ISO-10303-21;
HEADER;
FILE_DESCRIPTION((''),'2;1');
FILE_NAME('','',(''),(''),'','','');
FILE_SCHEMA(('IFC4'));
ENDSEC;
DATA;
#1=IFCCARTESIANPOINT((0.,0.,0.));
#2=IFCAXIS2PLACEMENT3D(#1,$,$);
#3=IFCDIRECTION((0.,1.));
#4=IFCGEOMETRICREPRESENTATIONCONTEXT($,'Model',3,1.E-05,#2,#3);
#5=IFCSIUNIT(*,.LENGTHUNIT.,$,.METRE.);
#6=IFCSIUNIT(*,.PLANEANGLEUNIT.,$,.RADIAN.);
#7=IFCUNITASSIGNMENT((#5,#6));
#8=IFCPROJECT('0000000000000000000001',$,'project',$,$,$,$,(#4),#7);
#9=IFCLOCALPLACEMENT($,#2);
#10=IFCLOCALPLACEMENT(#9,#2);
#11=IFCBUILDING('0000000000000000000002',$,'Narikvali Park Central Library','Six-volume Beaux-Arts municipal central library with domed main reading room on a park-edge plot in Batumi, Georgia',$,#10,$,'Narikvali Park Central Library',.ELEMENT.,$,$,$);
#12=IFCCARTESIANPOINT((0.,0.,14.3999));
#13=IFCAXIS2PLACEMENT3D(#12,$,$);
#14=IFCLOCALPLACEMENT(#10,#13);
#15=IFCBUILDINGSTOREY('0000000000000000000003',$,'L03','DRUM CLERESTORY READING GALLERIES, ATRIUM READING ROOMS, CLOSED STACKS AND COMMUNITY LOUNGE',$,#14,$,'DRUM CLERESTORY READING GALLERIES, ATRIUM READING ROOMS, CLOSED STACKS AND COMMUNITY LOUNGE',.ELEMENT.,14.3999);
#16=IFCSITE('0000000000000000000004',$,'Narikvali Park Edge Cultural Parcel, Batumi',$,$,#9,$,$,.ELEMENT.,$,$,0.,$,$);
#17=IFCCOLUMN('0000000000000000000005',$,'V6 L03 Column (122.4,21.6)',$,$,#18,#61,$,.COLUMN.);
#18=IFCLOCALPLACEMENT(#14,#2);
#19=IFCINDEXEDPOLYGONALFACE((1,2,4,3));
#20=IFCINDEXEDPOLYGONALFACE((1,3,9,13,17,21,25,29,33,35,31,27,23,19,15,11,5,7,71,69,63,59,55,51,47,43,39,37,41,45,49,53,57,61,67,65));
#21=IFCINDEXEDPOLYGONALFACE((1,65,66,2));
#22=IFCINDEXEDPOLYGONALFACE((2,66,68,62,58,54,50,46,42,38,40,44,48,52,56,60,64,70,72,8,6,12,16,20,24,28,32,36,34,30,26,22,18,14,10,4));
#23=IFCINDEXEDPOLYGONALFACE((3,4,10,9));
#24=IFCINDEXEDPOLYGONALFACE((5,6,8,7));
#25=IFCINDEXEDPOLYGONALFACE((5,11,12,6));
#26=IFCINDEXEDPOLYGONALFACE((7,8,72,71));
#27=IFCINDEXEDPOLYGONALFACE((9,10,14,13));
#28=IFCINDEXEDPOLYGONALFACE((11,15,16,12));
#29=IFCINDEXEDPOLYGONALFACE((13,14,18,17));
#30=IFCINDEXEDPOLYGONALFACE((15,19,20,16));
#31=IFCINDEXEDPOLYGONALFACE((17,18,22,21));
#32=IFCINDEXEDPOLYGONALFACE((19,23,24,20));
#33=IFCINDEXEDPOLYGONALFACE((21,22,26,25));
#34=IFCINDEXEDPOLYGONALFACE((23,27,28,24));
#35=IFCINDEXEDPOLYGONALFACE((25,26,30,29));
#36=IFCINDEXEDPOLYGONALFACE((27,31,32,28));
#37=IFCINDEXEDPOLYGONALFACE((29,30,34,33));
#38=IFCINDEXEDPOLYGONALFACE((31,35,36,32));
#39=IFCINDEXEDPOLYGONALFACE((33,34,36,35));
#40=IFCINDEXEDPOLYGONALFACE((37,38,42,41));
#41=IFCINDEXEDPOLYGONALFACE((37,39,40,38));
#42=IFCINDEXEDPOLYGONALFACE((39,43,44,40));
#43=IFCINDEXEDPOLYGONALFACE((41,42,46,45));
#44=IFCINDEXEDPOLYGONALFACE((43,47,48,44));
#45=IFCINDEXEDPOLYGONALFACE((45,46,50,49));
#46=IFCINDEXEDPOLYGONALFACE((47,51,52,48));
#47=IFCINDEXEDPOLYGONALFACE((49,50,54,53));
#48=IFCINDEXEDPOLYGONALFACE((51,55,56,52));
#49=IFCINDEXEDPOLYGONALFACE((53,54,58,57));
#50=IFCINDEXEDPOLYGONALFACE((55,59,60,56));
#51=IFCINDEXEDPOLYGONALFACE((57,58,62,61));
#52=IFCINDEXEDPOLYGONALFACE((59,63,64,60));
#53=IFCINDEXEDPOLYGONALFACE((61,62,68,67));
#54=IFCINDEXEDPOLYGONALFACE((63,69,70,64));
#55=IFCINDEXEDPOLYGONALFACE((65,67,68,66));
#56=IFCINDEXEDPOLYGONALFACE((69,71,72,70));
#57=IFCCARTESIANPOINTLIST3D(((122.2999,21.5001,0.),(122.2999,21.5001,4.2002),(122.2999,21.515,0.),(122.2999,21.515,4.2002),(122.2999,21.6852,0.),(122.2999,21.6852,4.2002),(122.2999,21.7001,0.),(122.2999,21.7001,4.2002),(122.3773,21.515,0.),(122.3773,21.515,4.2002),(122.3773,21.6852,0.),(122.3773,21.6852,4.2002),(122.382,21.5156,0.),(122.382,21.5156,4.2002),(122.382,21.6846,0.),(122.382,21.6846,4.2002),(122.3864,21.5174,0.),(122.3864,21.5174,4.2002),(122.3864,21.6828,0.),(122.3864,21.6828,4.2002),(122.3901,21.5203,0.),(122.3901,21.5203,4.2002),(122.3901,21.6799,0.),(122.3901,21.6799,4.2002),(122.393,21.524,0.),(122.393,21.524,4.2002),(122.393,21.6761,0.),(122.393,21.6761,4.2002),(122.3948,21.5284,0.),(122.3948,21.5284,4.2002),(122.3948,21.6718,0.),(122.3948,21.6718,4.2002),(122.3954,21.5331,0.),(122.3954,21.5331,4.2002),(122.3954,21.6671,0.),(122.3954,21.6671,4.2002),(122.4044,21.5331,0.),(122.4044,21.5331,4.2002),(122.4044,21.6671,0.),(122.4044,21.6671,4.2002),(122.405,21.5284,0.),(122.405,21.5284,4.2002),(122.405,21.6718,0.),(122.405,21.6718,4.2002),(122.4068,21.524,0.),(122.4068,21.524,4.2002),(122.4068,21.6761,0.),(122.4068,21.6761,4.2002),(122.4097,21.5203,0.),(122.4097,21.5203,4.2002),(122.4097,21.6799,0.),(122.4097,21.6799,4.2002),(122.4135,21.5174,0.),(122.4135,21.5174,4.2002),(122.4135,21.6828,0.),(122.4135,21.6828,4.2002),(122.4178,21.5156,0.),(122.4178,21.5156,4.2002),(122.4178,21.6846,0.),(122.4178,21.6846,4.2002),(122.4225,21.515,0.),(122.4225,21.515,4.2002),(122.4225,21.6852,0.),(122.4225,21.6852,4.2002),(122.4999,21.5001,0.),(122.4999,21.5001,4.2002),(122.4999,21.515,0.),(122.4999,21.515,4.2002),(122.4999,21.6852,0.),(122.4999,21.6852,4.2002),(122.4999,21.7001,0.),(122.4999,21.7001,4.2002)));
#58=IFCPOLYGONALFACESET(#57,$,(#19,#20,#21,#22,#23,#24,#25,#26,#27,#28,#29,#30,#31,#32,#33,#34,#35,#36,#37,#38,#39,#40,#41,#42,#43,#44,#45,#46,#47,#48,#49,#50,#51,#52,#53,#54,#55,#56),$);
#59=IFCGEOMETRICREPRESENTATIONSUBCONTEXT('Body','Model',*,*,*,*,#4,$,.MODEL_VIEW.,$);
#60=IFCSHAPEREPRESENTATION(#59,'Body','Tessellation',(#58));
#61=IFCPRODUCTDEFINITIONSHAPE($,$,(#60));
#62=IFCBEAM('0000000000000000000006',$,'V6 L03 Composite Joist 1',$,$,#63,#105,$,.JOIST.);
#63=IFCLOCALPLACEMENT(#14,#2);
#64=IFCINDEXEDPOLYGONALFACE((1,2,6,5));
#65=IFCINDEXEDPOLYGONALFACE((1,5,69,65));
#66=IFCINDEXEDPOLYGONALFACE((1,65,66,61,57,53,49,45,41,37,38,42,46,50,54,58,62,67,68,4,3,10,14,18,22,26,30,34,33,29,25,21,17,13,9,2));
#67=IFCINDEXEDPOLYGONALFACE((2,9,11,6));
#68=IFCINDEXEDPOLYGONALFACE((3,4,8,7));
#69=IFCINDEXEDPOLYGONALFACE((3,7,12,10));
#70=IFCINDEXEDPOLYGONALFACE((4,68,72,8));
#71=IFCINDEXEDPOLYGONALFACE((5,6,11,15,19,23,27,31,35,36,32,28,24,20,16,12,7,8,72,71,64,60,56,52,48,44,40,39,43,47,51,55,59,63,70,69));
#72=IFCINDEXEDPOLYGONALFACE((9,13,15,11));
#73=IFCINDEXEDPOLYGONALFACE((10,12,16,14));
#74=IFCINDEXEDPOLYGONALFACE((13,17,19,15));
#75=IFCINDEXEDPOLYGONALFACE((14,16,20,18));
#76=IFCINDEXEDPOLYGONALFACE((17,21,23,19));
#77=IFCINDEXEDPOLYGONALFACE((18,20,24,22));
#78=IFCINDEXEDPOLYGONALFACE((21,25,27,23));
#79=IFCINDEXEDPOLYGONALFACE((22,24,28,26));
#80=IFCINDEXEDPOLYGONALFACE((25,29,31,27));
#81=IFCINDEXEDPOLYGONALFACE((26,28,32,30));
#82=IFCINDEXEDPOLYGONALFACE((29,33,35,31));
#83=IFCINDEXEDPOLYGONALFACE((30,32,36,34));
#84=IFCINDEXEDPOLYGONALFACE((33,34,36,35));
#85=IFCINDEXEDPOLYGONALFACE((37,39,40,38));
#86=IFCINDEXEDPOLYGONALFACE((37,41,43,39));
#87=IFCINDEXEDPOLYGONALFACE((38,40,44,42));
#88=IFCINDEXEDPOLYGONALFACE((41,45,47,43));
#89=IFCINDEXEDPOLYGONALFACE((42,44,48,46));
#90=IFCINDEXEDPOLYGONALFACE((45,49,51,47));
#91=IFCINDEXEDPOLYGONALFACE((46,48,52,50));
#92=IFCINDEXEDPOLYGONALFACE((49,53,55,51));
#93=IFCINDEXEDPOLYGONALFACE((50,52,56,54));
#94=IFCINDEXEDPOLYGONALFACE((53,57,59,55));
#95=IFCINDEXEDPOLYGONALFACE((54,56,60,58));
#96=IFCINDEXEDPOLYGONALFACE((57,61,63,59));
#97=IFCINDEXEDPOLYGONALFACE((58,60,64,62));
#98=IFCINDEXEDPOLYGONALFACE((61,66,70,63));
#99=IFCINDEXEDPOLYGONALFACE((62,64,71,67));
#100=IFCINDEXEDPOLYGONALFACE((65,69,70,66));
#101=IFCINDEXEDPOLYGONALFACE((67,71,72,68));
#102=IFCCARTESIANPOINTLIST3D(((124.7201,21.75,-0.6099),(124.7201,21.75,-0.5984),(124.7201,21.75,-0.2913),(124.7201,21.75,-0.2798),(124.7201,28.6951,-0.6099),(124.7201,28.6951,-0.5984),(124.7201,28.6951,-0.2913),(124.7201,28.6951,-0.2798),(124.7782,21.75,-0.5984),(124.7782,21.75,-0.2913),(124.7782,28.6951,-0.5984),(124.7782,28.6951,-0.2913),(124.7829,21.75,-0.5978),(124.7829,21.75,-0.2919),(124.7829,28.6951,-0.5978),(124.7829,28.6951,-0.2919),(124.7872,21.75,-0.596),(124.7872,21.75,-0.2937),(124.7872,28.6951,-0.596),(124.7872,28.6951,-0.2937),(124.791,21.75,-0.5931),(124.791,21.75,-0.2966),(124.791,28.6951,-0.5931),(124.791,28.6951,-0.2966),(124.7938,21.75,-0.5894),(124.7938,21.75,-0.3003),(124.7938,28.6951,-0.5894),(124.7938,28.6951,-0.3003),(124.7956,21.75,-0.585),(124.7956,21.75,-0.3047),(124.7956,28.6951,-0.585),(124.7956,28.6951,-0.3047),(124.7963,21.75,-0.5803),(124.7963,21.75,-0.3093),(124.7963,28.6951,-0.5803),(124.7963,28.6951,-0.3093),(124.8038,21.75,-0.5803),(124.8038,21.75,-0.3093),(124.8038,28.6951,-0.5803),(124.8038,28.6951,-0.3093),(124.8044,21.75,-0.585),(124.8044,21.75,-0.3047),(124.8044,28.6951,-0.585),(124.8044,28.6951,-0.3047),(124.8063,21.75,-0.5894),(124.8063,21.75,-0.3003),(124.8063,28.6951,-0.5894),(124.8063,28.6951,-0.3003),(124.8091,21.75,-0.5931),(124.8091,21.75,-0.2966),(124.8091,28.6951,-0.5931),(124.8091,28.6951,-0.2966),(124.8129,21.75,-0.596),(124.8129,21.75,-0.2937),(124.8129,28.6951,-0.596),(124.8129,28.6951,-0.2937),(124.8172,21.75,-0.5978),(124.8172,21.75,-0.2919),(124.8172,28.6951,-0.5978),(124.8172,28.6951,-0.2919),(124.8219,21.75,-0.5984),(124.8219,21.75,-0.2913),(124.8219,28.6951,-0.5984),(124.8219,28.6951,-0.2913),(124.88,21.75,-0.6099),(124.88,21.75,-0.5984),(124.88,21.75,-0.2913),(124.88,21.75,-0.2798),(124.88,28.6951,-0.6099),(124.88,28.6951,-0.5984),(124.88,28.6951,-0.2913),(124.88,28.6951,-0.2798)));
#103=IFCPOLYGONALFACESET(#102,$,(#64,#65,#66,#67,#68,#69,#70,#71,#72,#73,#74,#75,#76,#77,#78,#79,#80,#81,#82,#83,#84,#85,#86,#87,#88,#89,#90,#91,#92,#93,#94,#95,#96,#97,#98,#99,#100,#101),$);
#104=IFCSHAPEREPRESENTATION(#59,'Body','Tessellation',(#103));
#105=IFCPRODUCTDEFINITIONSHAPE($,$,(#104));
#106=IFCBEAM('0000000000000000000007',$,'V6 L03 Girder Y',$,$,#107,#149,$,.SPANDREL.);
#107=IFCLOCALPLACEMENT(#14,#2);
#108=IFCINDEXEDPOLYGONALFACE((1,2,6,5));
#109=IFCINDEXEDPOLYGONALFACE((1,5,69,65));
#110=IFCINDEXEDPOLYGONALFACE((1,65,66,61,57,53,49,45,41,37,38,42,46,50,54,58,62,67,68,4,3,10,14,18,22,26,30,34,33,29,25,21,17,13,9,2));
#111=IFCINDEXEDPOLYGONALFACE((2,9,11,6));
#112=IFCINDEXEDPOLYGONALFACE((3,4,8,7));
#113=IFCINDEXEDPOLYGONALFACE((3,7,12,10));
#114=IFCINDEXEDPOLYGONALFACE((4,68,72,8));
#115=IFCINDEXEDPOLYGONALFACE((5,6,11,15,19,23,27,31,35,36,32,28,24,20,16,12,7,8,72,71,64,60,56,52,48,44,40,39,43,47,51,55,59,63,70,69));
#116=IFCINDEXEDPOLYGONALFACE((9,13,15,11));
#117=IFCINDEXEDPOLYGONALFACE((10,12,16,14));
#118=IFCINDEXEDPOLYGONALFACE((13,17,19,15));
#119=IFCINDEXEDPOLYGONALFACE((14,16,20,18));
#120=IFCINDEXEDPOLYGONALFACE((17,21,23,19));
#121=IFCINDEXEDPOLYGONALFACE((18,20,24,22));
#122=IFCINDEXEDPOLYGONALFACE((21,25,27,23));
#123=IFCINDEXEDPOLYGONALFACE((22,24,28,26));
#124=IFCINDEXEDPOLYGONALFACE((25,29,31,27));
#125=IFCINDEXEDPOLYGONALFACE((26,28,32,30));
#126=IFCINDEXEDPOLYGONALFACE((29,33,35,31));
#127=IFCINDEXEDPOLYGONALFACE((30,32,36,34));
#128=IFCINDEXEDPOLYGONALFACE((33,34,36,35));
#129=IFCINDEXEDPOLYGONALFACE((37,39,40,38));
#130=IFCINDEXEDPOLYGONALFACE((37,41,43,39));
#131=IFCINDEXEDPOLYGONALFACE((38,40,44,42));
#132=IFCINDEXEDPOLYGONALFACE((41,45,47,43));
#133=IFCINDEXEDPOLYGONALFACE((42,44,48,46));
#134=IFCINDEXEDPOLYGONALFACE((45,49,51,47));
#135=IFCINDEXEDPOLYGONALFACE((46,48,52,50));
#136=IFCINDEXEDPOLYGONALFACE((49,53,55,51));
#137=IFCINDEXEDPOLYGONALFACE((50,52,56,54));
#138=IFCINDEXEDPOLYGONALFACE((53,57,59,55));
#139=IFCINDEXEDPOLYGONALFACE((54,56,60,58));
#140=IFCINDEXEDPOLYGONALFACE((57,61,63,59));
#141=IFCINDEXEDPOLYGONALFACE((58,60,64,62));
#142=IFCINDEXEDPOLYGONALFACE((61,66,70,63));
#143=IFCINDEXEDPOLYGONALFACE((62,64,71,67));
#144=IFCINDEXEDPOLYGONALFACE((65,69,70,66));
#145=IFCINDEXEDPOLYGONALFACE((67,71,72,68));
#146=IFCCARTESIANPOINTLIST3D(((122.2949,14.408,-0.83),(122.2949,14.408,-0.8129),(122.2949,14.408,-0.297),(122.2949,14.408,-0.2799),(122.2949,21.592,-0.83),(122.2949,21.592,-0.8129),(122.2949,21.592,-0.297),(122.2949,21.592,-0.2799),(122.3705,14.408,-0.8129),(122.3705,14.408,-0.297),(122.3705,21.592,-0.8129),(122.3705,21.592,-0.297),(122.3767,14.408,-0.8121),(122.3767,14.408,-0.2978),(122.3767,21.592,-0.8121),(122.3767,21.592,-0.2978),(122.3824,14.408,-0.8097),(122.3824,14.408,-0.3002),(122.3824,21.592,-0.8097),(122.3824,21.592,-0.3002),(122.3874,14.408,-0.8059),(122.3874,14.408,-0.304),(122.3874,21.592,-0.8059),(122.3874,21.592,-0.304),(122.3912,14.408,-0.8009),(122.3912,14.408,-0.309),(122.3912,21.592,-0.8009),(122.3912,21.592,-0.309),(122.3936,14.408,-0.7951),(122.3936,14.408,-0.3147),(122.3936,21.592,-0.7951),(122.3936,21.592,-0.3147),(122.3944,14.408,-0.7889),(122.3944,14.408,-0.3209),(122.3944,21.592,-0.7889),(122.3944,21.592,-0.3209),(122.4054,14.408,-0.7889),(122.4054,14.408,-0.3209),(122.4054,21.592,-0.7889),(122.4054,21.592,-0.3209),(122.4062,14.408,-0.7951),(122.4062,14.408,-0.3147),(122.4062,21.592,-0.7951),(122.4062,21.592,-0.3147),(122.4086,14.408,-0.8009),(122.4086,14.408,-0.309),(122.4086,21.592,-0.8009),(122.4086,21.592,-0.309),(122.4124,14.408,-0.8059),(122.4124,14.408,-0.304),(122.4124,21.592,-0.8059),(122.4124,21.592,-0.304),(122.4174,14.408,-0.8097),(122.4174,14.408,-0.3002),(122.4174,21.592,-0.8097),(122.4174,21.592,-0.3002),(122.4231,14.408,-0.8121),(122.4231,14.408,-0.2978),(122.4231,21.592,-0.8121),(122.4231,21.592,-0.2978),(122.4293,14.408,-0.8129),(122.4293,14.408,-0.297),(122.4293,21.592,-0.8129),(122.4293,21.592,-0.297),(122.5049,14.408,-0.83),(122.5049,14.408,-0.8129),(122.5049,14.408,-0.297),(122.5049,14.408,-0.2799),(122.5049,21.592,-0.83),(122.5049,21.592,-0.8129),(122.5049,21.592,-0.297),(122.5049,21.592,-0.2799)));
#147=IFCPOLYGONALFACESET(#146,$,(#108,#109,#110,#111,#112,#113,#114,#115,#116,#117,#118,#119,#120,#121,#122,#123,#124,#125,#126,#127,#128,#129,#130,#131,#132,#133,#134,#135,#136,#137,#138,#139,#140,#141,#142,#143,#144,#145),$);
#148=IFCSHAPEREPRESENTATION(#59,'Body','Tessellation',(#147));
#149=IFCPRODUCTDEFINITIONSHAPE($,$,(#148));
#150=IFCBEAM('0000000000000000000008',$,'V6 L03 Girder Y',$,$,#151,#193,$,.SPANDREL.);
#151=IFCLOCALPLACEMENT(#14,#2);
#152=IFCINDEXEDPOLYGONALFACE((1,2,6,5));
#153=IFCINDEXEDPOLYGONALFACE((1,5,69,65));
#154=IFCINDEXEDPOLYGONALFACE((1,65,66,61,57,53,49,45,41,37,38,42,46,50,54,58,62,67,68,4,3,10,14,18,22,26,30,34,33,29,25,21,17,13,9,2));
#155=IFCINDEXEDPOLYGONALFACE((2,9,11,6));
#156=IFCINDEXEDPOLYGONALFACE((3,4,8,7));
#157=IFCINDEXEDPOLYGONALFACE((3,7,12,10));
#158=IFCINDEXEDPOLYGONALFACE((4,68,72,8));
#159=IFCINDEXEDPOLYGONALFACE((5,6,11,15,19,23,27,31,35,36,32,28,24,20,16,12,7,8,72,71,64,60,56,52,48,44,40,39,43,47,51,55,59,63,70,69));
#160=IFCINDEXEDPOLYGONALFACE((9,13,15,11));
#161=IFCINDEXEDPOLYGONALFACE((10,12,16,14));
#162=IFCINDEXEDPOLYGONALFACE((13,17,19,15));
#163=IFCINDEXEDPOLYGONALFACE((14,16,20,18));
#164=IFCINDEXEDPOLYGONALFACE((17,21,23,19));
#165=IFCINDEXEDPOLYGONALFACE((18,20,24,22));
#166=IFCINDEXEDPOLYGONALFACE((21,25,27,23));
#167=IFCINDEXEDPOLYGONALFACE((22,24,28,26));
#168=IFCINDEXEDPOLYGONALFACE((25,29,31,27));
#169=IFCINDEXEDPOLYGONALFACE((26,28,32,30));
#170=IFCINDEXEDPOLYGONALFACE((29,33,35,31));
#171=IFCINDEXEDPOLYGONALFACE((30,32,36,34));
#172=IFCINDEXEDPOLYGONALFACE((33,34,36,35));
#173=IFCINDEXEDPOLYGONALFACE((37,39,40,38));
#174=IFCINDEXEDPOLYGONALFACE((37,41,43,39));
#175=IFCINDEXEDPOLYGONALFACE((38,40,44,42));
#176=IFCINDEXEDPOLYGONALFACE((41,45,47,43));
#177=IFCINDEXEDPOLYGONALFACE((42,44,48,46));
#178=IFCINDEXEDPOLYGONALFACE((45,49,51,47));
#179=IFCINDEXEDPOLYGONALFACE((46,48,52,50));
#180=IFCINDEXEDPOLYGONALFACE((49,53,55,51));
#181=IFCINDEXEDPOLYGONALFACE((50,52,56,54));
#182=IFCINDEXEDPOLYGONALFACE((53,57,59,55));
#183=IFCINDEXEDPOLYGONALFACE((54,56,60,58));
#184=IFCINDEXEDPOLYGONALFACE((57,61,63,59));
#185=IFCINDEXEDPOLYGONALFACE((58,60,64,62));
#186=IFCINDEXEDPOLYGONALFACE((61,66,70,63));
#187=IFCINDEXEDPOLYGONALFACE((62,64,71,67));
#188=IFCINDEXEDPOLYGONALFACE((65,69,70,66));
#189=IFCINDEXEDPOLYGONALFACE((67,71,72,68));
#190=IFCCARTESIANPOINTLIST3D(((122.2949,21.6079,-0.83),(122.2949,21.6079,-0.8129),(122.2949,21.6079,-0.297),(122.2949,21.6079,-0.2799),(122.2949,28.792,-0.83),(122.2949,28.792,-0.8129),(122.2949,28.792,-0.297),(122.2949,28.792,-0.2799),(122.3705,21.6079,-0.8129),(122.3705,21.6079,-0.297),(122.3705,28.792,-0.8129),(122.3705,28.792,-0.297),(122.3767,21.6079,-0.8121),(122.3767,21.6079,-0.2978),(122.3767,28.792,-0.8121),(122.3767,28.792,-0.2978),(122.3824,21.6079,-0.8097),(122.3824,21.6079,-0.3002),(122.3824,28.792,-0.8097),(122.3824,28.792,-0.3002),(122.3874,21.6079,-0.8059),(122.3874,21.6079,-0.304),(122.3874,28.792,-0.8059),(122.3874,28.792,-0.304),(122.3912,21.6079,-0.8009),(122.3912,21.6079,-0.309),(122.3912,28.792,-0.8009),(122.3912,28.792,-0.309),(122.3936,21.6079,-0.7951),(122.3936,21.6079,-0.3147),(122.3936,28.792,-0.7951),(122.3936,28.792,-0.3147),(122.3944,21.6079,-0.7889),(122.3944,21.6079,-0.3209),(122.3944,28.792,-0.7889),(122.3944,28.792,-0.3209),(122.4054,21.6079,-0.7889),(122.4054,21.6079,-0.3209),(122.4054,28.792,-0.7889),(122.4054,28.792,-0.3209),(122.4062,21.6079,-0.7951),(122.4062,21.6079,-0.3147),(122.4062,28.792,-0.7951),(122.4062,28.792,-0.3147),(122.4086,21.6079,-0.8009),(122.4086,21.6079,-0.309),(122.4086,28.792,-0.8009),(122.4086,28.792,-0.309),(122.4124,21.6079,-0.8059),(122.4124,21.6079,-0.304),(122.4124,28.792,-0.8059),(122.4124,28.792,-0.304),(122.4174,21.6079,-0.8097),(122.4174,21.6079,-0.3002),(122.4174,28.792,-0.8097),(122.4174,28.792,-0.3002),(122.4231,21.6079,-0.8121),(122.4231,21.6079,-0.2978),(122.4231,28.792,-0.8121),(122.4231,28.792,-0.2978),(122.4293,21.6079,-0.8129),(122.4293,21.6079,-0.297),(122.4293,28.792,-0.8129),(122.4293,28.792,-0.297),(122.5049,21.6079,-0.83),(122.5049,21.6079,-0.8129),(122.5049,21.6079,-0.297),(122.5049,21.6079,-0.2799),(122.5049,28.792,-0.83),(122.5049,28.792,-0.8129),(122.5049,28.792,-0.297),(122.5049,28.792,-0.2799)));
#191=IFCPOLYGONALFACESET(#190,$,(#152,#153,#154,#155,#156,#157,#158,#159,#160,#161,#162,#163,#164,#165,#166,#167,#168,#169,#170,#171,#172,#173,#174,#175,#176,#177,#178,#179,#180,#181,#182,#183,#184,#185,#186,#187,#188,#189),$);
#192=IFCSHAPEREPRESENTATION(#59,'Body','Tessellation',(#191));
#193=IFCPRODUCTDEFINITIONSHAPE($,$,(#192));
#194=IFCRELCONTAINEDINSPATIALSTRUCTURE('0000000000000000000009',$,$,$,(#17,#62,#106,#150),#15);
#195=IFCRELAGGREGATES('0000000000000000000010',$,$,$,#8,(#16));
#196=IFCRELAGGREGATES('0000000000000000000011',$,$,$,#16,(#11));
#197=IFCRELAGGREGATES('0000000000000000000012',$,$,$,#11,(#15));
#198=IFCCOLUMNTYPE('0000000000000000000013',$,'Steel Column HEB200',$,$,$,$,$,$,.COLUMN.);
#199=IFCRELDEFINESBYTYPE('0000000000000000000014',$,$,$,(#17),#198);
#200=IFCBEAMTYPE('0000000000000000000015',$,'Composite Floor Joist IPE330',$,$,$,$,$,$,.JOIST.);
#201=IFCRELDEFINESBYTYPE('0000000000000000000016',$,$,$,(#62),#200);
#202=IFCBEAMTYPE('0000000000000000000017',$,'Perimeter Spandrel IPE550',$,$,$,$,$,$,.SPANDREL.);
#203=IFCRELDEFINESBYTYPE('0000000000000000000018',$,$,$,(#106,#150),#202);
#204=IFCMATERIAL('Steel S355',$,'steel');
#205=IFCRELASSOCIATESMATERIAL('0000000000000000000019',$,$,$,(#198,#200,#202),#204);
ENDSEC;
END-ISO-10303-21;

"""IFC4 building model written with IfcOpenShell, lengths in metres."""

from ifc_helpers import new_model, si_unit, direction, frame, origin, origin_2d, place, context, subcontext, project, spatial, i_section, extrude, material, material_profile, profile_set, type_object, element, save


model = new_model("IFC4")

# Units and contexts
model_context = context("Model", 3, precision=1e-05, world=origin(), true_north=direction((0.0, 1.0)))
body_context = subcontext(model_context, "Body", "Model", "MODEL_VIEW")
ifc_project = project(units=[si_unit("LENGTHUNIT", "METRE"), si_unit("PLANEANGLEUNIT", "RADIAN")], contexts=[model_context])

# Site, building, storey
site_placement = place(None, origin())
site = spatial("IfcSite", under=ifc_project, at=site_placement, Name="Narikvali Park Edge Cultural Parcel, Batumi", CompositionType="ELEMENT", RefElevation=0.0)
building_placement = place(site_placement, origin())
building = spatial("IfcBuilding", under=site, at=building_placement, Name="Narikvali Park Central Library", Description="Six-volume Beaux-Arts municipal central library with domed main reading room on a park-edge plot in Batumi, Georgia", LongName="Narikvali Park Central Library", CompositionType="ELEMENT")
storey_placement = place(building_placement, frame((0.0, 0.0, 14.3999)))
storey = spatial("IfcBuildingStorey", under=building, at=storey_placement, Name="L03", Description="DRUM CLERESTORY READING GALLERIES, ATRIUM READING ROOMS, CLOSED STACKS AND COMMUNITY LOUNGE", LongName="DRUM CLERESTORY READING GALLERIES, ATRIUM READING ROOMS, CLOSED STACKS AND COMMUNITY LOUNGE", CompositionType="ELEMENT", Elevation=14.3999)

# Column
ifc_material_1 = material(Name="Steel S355", Category="steel")
ifc_material_profile_1 = material_profile(ifc_material_1, i_section(OverallWidth=0.2, OverallDepth=0.2, WebThickness=0.009, FlangeThickness=0.0149, FilletRadius=0.0181, at=origin_2d()), Name="HEB 200")
ifc_profile_set_1 = profile_set([ifc_material_profile_1], Name="Steel S355")
column_type = type_object("IfcColumnType", Name="Steel Column HEB200", PredefinedType="COLUMN", material=ifc_profile_set_1)
column_placement = place(storey_placement, frame((122.3999, 21.6001, 0.0), z_axis=(0.0, 0.0, 1.0), x_axis=(1.0, 0.0, 0.0)))
element("IfcColumn", 1, at=column_placement, inside=storey, type_object=column_type, Name="V6 L03 Column (122.4,21.6)", PredefinedType="COLUMN", context=body_context, shape_type="SweptSolid", body=[
    extrude(i_section(OverallWidth=0.2, OverallDepth=0.2, WebThickness=0.009, FlangeThickness=0.0149, FilletRadius=0.0181, at=origin_2d()), origin(), (0.0, 0.0, 1.0), 4.2002),
])

# Beams
ifc_material_profile_2 = material_profile(ifc_material_1, i_section(OverallWidth=0.1599, OverallDepth=0.3301, WebThickness=0.0076, FlangeThickness=0.0115, FilletRadius=0.0181, at=origin_2d()), Name="IPE 330")
ifc_profile_set_2 = profile_set([ifc_material_profile_2], Name="Steel S355")
beam_type_1 = type_object("IfcBeamType", Name="Composite Floor Joist IPE330", PredefinedType="JOIST", material=ifc_profile_set_2)
beam_1_placement = place(storey_placement, frame((124.8, 21.75, -0.4448), z_axis=(0.0, 1.0, 0.0), x_axis=(-1.0, 0.0, 0.0)))
element("IfcBeam", 2, at=beam_1_placement, inside=storey, type_object=beam_type_1, Name="V6 L03 Composite Joist 1", PredefinedType="JOIST", context=body_context, shape_type="SweptSolid", body=[
    extrude(i_section(OverallWidth=0.1599, OverallDepth=0.3301, WebThickness=0.0076, FlangeThickness=0.0115, FilletRadius=0.0181, at=origin_2d()), origin(), (0.0, 0.0, 1.0), 6.9451),
])
ifc_material_profile_3 = material_profile(ifc_material_1, i_section(OverallWidth=0.21, OverallDepth=0.55, WebThickness=0.011, FlangeThickness=0.0171, FilletRadius=0.0239, at=origin_2d()), Name="IPE 550")
ifc_profile_set_3 = profile_set([ifc_material_profile_3], Name="Steel S355")
beam_type_2 = type_object("IfcBeamType", Name="Perimeter Spandrel IPE550", PredefinedType="SPANDREL", material=ifc_profile_set_3)
for number, where, z_axis, x_axis, name in (
    (3, (122.3999, 14.408, -0.5549), (0.0, 1.0, 0.0), (-1.0, 0.0, 0.0), "V6 L03 Girder Y"),
    (4, (122.3999, 21.6079, -0.5549), (0.0, 1.0, 0.0), (-1.0, 0.0, 0.0), "V6 L03 Girder Y"),
):
    element("IfcBeam", number, at=place(storey_placement, frame(where, z_axis=z_axis, x_axis=x_axis)), inside=storey, type_object=beam_type_2, Name=name, PredefinedType="SPANDREL", context=body_context, shape_type="SweptSolid", body=[
        extrude(i_section(OverallWidth=0.21, OverallDepth=0.55, WebThickness=0.011, FlangeThickness=0.0171, FilletRadius=0.0239, at=origin_2d()), origin(), (0.0, 0.0, 1.0), 7.1841),
    ])

save(model, "model.ifc")
